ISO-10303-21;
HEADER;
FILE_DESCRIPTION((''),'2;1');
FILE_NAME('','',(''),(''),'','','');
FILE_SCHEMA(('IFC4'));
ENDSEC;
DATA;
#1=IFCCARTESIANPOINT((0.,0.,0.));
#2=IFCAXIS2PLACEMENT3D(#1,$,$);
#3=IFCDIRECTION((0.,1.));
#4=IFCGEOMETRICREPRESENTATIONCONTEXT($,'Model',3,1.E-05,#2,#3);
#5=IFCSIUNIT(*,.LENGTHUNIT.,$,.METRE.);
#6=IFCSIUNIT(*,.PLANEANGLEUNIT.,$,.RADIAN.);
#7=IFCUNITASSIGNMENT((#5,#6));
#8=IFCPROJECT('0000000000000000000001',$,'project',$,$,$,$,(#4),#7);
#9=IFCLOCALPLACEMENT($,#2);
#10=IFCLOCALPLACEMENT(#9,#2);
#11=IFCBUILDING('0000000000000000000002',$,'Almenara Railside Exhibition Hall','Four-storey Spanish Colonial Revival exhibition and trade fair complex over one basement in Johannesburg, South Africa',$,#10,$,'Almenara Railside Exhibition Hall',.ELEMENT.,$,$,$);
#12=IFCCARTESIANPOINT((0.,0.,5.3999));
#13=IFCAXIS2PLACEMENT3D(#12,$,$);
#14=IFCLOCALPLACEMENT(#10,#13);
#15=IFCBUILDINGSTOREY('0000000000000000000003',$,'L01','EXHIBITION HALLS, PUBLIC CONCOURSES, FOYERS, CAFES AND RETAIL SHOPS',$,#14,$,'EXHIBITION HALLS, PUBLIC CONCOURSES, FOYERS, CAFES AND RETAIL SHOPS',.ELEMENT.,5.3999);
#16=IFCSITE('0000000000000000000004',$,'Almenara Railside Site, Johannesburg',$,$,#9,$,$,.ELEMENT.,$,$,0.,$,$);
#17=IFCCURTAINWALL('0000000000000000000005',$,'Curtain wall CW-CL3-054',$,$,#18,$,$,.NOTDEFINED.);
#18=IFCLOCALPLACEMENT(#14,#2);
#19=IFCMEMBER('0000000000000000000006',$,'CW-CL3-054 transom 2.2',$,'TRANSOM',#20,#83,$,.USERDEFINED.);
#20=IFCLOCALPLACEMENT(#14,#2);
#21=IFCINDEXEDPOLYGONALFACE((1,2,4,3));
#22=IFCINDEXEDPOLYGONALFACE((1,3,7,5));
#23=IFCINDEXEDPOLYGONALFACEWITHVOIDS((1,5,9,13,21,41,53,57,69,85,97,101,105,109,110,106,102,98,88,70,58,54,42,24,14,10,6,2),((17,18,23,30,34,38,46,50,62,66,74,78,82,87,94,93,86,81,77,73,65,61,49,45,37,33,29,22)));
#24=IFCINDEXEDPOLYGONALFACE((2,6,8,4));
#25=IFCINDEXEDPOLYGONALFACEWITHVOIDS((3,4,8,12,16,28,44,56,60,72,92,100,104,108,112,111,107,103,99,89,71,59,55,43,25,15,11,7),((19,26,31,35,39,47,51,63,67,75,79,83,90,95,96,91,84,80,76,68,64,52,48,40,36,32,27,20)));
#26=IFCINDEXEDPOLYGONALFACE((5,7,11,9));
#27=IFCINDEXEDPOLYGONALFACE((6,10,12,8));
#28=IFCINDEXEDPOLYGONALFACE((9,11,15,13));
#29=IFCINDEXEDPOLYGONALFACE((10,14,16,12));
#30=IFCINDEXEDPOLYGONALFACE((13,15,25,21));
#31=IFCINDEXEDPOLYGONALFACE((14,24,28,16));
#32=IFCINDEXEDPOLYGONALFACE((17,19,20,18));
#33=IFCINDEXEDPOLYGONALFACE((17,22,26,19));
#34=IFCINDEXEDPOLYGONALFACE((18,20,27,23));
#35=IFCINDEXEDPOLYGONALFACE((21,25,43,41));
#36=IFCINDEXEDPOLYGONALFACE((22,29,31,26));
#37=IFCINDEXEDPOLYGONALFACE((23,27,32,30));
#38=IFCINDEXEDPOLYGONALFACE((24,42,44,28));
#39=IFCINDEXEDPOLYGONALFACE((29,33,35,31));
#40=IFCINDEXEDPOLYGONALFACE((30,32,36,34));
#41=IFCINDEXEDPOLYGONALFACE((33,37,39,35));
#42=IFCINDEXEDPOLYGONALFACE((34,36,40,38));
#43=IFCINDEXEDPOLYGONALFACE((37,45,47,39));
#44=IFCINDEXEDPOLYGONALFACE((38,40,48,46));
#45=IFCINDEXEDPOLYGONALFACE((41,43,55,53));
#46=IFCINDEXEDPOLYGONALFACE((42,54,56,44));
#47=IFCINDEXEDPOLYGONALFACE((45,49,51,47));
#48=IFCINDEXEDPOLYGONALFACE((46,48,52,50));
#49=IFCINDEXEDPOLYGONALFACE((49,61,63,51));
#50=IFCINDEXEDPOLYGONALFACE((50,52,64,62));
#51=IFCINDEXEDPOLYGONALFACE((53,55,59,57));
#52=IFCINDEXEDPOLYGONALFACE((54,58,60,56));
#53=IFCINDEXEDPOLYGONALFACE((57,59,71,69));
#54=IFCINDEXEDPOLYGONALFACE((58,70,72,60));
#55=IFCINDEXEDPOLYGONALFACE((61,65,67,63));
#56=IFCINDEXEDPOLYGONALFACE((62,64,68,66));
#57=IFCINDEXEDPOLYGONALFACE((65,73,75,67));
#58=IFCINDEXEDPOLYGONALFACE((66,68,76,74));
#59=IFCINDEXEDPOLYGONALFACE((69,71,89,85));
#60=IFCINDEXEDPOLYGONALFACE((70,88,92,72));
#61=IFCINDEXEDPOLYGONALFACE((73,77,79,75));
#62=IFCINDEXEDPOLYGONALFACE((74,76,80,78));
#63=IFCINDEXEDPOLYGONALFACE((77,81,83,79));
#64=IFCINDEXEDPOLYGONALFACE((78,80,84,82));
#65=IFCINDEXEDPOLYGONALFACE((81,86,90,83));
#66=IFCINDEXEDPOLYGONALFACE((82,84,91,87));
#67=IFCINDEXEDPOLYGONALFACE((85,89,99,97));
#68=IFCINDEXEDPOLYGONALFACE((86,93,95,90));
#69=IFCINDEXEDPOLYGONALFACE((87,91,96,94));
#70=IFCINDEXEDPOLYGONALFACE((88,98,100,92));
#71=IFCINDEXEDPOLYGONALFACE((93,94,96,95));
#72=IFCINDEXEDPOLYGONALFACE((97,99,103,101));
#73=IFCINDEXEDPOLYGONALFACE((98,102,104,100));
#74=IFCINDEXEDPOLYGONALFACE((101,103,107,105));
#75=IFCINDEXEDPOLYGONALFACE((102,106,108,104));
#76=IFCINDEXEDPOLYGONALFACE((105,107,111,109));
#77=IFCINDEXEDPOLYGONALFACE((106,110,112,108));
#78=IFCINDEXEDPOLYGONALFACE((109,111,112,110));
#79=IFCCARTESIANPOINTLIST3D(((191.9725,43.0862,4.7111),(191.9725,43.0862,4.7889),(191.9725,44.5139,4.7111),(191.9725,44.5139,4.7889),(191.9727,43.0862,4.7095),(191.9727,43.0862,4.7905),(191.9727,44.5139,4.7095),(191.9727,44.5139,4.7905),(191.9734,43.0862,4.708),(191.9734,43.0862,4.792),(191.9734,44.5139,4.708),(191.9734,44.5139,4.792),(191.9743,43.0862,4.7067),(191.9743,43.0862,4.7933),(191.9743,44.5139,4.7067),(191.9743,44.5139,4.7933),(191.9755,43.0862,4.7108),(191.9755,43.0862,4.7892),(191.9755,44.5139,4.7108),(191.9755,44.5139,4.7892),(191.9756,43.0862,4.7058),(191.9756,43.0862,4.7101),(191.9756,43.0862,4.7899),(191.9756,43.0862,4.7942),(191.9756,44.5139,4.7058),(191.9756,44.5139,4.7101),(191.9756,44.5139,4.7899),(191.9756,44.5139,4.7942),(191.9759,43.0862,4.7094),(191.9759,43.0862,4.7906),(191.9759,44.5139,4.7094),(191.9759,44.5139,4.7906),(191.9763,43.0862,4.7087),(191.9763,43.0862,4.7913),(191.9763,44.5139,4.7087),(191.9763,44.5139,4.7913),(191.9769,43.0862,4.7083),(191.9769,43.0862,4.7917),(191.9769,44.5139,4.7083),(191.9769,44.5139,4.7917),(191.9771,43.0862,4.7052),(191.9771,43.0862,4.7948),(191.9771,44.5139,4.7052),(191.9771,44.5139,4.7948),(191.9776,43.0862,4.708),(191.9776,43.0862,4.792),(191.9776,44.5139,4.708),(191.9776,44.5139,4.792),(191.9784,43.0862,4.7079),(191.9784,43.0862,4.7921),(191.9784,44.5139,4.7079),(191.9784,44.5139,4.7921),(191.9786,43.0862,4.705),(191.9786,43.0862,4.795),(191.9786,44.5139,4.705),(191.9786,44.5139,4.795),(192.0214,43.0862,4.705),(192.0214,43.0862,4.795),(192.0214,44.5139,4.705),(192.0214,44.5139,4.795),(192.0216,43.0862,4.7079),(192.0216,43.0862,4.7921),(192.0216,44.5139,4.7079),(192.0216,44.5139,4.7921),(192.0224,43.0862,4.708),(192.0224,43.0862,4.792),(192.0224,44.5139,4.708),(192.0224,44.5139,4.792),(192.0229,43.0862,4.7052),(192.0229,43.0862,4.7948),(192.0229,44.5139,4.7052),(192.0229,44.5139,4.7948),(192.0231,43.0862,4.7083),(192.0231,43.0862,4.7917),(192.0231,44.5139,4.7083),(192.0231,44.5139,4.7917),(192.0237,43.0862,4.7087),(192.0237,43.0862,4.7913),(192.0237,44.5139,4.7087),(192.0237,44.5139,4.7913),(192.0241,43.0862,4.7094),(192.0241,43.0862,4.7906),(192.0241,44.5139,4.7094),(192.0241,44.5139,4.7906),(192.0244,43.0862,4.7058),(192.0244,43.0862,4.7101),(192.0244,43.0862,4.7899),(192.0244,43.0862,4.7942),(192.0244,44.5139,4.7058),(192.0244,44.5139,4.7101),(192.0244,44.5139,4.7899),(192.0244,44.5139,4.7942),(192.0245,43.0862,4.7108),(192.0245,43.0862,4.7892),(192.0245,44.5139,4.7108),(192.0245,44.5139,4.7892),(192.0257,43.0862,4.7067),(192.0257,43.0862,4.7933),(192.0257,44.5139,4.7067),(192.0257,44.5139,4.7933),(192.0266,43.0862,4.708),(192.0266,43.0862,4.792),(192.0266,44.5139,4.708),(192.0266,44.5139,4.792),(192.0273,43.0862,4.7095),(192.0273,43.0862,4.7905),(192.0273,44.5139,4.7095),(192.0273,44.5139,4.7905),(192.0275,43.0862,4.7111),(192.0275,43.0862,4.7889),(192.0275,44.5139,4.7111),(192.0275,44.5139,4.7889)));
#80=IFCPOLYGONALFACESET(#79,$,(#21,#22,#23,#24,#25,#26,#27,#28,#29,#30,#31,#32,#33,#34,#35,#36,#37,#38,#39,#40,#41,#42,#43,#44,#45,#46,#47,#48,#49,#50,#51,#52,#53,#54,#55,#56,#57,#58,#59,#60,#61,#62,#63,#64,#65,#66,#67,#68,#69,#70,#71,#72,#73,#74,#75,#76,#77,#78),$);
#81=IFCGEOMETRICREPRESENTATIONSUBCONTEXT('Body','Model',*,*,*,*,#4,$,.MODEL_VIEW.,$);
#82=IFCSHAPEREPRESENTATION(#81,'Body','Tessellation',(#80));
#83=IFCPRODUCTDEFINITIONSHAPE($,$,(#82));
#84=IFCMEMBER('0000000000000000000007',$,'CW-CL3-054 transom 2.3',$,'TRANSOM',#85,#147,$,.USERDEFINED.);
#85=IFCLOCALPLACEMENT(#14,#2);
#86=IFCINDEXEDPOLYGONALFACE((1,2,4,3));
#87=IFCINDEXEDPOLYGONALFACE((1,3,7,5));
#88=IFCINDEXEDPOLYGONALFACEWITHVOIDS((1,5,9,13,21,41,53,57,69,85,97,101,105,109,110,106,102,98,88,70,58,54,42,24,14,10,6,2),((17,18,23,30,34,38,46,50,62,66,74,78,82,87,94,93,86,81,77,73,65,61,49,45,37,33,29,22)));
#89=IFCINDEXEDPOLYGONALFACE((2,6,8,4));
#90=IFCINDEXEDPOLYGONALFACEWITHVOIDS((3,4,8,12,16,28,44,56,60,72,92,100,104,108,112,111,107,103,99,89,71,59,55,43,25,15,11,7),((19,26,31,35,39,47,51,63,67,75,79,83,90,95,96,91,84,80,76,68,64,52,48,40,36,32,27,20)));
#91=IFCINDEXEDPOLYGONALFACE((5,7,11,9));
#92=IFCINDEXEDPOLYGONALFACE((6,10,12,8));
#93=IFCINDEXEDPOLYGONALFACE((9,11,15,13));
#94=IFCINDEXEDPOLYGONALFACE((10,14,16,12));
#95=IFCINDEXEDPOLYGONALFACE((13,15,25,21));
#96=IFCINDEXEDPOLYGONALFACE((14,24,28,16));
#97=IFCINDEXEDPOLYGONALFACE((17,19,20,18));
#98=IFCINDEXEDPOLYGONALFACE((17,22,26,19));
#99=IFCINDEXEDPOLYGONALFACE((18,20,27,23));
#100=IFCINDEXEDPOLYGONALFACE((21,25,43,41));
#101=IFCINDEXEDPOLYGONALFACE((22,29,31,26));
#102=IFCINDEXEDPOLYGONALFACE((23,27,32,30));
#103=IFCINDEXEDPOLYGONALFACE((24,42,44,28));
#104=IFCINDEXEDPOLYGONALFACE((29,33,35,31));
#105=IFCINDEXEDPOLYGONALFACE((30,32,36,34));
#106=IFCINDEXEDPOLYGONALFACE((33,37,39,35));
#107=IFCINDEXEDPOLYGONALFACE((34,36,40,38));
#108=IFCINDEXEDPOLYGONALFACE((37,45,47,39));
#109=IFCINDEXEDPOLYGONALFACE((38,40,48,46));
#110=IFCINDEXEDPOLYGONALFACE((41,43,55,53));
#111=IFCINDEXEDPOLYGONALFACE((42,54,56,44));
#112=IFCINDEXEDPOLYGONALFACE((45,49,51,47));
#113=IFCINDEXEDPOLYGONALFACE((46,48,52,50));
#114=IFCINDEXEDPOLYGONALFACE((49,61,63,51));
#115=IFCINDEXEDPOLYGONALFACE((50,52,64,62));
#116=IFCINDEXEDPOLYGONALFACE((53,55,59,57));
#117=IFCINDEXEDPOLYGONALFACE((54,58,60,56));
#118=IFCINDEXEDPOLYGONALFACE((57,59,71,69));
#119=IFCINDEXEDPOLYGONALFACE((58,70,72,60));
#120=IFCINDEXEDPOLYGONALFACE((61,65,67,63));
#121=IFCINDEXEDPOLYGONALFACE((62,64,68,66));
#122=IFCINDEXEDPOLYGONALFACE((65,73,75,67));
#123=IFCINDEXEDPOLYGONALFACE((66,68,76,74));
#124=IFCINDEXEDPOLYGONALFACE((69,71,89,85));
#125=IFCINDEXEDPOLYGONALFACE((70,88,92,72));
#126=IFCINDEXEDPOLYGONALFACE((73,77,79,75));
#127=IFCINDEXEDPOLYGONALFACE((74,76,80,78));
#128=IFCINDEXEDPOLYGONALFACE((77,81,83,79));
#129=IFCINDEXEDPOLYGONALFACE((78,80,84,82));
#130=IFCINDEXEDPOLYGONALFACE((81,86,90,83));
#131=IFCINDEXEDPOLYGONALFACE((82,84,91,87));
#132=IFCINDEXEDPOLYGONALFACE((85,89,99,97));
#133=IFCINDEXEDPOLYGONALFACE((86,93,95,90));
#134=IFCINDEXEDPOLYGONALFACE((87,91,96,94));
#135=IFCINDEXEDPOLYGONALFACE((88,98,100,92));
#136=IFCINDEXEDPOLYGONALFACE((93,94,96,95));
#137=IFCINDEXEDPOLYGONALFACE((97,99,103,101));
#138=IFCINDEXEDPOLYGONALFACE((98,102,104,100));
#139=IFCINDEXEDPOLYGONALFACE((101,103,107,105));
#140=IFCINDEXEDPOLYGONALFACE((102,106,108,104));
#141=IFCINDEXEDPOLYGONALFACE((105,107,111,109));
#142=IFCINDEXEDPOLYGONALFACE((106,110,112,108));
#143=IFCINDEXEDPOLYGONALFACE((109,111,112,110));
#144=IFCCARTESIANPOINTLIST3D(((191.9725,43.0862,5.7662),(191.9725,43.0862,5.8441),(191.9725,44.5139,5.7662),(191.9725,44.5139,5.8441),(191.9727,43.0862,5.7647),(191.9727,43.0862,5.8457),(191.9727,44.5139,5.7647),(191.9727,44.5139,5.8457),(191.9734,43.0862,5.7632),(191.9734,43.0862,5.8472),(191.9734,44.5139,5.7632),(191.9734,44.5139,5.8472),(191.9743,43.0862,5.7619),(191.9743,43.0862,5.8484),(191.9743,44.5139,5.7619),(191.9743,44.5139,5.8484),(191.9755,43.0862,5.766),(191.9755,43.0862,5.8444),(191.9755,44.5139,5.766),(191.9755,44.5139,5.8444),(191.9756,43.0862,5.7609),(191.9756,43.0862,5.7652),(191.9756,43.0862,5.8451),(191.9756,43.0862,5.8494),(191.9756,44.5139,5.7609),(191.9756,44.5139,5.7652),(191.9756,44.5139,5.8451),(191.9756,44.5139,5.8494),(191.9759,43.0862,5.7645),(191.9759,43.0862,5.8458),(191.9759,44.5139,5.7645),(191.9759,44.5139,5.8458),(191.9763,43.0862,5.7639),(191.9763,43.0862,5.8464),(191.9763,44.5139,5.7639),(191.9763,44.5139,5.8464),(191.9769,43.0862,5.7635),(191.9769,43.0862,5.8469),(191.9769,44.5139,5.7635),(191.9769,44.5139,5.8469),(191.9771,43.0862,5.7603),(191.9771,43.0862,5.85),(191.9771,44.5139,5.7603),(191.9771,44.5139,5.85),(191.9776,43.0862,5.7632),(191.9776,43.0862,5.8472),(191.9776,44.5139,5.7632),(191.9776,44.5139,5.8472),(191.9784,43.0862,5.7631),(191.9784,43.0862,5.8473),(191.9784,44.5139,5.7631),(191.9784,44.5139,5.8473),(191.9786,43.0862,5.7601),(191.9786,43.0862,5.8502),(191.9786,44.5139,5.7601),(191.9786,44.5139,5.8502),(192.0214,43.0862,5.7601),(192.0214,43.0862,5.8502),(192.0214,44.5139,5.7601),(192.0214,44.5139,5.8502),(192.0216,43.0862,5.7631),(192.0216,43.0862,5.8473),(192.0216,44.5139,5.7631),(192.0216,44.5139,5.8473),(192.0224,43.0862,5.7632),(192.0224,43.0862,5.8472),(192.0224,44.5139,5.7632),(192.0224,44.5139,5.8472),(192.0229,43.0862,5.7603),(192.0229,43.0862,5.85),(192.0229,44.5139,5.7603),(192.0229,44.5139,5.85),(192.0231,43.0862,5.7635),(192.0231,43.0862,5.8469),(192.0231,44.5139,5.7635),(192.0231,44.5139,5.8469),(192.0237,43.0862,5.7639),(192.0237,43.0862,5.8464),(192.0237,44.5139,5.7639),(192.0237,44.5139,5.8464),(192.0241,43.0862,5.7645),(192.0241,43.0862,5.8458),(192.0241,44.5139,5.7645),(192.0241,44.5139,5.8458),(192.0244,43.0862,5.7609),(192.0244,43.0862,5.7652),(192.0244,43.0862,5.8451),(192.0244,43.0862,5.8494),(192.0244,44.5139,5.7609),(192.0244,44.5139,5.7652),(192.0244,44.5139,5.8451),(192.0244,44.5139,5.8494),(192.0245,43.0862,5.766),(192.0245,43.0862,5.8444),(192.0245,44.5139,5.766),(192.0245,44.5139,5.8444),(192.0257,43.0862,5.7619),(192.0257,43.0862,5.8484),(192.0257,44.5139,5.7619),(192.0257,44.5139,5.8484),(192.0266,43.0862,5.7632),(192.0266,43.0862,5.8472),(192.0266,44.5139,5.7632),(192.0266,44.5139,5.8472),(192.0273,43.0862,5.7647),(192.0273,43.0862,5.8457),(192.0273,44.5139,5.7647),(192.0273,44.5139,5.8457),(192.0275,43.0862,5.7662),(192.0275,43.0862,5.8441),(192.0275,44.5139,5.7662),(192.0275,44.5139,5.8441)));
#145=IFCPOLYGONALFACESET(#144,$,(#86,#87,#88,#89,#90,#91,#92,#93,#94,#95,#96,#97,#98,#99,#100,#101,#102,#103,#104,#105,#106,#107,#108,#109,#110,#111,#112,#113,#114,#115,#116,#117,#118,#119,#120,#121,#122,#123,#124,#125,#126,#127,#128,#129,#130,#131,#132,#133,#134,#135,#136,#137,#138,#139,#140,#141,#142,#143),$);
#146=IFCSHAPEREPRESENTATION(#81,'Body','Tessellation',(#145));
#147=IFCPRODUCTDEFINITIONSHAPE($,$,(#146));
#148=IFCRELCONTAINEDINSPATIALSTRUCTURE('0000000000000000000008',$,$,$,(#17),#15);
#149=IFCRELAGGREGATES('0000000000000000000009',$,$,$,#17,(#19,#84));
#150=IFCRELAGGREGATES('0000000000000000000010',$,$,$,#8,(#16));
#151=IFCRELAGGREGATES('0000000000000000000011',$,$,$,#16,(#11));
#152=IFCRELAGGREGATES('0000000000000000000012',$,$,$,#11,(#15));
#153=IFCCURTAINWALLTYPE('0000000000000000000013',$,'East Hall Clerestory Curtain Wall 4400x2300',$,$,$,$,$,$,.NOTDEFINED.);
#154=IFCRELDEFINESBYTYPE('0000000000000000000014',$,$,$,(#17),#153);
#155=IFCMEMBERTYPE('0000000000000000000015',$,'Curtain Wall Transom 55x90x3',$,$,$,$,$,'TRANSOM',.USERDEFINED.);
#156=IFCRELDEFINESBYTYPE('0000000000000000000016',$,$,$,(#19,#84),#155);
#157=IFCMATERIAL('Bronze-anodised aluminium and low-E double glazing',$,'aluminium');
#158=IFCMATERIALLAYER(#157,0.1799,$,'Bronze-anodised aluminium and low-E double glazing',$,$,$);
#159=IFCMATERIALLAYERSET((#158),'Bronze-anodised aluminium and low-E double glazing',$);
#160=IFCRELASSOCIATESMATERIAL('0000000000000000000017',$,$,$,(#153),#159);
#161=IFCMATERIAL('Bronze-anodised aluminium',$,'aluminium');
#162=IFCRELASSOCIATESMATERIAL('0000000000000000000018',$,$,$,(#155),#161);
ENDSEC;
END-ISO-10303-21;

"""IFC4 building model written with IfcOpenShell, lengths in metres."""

from ifc_helpers import new_model, si_unit, direction, frame, origin, origin_2d, place, context, subcontext, project, spatial, hollow_rectangle, extrude, material, layer, layer_set, material_profile, profile_set, type_object, element, aggregate, save


model = new_model("IFC4")

# Units and contexts
model_context = context("Model", 3, precision=1e-05, world=origin(), true_north=direction((0.0, 1.0)))
body_context = subcontext(model_context, "Body", "Model", "MODEL_VIEW")
ifc_project = project(units=[si_unit("LENGTHUNIT", "METRE"), si_unit("PLANEANGLEUNIT", "RADIAN")], contexts=[model_context])

# Site, building, storey
site_placement = place(None, origin())
site = spatial("IfcSite", under=ifc_project, at=site_placement, Name="Almenara Railside Site, Johannesburg", CompositionType="ELEMENT", RefElevation=0.0)
building_placement = place(site_placement, origin())
building = spatial("IfcBuilding", under=site, at=building_placement, Name="Almenara Railside Exhibition Hall", Description="Four-storey Spanish Colonial Revival exhibition and trade fair complex over one basement in Johannesburg, South Africa", LongName="Almenara Railside Exhibition Hall", CompositionType="ELEMENT")
storey_placement = place(building_placement, frame((0.0, 0.0, 5.3999)))
storey = spatial("IfcBuildingStorey", under=building, at=storey_placement, Name="L01", Description="EXHIBITION HALLS, PUBLIC CONCOURSES, FOYERS, CAFES AND RETAIL SHOPS", LongName="EXHIBITION HALLS, PUBLIC CONCOURSES, FOYERS, CAFES AND RETAIL SHOPS", CompositionType="ELEMENT", Elevation=5.3999)

# Curtain wall
ifc_material_1 = material(Name="Bronze-anodised aluminium and low-E double glazing", Category="aluminium")
ifc_layer_1 = layer(ifc_material_1, 0.1799, Name="Bronze-anodised aluminium and low-E double glazing")
ifc_layer_set_1 = layer_set([ifc_layer_1], Name="Bronze-anodised aluminium and low-E double glazing")
curtain_wall_type = type_object("IfcCurtainWallType", Name="East Hall Clerestory Curtain Wall 4400x2300", PredefinedType="NOTDEFINED", material=ifc_layer_set_1)
curtain_wall_1_placement = place(storey_placement, origin())
curtain_wall_1 = element("IfcCurtainWall", 1, at=curtain_wall_1_placement, inside=storey, type_object=curtain_wall_type, Name="Curtain wall CW-CL3-054", PredefinedType="NOTDEFINED")
ifc_material_2 = material(Name="Bronze-anodised aluminium", Category="aluminium")

# Members
ifc_material_profile_1 = material_profile(ifc_material_2, hollow_rectangle(XDim=0.0549, YDim=0.0901, WallThickness=0.0029, InnerFilletRadius=0.0029, OuterFilletRadius=0.0061, at=origin_2d()), Name="ALU-TRN 55x90x3")
ifc_profile_set_1 = profile_set([ifc_material_profile_1], Name="Bronze-anodised aluminium")
member_type_1 = type_object("IfcMemberType", Name="Curtain Wall Transom 55x90x3", ElementType="TRANSOM", PredefinedType="USERDEFINED", material=ifc_profile_set_1)
member_1_placement = place(storey_placement, frame((192.0, 43.0862, 4.75), z_axis=(0.0, 1.0, 0.0), x_axis=(-1.0, 0.0, 0.0)))
member_1 = element("IfcMember", 2, at=member_1_placement, type_object=member_type_1, Name="CW-CL3-054 transom 2.2", ObjectType="TRANSOM", PredefinedType="USERDEFINED", context=body_context, shape_type="SweptSolid", body=[
    extrude(hollow_rectangle(XDim=0.0549, YDim=0.0901, WallThickness=0.0029, InnerFilletRadius=0.0029, OuterFilletRadius=0.0061, at=origin_2d()), origin(), (0.0, 0.0, 1.0), 1.4277),
])
member_2_placement = place(storey_placement, frame((192.0, 43.0862, 5.8052), z_axis=(0.0, 1.0, 0.0), x_axis=(-1.0, 0.0, 0.0)))
member_2 = element("IfcMember", 3, at=member_2_placement, type_object=member_type_1, Name="CW-CL3-054 transom 2.3", ObjectType="TRANSOM", PredefinedType="USERDEFINED", context=body_context, shape_type="SweptSolid", body=[
    extrude(hollow_rectangle(XDim=0.0549, YDim=0.0901, WallThickness=0.0029, InnerFilletRadius=0.0029, OuterFilletRadius=0.0061, at=origin_2d()), origin(), (0.0, 0.0, 1.0), 1.4277),
])

aggregate(curtain_wall_1, [member_1, member_2])

save(model, "model.ifc")
